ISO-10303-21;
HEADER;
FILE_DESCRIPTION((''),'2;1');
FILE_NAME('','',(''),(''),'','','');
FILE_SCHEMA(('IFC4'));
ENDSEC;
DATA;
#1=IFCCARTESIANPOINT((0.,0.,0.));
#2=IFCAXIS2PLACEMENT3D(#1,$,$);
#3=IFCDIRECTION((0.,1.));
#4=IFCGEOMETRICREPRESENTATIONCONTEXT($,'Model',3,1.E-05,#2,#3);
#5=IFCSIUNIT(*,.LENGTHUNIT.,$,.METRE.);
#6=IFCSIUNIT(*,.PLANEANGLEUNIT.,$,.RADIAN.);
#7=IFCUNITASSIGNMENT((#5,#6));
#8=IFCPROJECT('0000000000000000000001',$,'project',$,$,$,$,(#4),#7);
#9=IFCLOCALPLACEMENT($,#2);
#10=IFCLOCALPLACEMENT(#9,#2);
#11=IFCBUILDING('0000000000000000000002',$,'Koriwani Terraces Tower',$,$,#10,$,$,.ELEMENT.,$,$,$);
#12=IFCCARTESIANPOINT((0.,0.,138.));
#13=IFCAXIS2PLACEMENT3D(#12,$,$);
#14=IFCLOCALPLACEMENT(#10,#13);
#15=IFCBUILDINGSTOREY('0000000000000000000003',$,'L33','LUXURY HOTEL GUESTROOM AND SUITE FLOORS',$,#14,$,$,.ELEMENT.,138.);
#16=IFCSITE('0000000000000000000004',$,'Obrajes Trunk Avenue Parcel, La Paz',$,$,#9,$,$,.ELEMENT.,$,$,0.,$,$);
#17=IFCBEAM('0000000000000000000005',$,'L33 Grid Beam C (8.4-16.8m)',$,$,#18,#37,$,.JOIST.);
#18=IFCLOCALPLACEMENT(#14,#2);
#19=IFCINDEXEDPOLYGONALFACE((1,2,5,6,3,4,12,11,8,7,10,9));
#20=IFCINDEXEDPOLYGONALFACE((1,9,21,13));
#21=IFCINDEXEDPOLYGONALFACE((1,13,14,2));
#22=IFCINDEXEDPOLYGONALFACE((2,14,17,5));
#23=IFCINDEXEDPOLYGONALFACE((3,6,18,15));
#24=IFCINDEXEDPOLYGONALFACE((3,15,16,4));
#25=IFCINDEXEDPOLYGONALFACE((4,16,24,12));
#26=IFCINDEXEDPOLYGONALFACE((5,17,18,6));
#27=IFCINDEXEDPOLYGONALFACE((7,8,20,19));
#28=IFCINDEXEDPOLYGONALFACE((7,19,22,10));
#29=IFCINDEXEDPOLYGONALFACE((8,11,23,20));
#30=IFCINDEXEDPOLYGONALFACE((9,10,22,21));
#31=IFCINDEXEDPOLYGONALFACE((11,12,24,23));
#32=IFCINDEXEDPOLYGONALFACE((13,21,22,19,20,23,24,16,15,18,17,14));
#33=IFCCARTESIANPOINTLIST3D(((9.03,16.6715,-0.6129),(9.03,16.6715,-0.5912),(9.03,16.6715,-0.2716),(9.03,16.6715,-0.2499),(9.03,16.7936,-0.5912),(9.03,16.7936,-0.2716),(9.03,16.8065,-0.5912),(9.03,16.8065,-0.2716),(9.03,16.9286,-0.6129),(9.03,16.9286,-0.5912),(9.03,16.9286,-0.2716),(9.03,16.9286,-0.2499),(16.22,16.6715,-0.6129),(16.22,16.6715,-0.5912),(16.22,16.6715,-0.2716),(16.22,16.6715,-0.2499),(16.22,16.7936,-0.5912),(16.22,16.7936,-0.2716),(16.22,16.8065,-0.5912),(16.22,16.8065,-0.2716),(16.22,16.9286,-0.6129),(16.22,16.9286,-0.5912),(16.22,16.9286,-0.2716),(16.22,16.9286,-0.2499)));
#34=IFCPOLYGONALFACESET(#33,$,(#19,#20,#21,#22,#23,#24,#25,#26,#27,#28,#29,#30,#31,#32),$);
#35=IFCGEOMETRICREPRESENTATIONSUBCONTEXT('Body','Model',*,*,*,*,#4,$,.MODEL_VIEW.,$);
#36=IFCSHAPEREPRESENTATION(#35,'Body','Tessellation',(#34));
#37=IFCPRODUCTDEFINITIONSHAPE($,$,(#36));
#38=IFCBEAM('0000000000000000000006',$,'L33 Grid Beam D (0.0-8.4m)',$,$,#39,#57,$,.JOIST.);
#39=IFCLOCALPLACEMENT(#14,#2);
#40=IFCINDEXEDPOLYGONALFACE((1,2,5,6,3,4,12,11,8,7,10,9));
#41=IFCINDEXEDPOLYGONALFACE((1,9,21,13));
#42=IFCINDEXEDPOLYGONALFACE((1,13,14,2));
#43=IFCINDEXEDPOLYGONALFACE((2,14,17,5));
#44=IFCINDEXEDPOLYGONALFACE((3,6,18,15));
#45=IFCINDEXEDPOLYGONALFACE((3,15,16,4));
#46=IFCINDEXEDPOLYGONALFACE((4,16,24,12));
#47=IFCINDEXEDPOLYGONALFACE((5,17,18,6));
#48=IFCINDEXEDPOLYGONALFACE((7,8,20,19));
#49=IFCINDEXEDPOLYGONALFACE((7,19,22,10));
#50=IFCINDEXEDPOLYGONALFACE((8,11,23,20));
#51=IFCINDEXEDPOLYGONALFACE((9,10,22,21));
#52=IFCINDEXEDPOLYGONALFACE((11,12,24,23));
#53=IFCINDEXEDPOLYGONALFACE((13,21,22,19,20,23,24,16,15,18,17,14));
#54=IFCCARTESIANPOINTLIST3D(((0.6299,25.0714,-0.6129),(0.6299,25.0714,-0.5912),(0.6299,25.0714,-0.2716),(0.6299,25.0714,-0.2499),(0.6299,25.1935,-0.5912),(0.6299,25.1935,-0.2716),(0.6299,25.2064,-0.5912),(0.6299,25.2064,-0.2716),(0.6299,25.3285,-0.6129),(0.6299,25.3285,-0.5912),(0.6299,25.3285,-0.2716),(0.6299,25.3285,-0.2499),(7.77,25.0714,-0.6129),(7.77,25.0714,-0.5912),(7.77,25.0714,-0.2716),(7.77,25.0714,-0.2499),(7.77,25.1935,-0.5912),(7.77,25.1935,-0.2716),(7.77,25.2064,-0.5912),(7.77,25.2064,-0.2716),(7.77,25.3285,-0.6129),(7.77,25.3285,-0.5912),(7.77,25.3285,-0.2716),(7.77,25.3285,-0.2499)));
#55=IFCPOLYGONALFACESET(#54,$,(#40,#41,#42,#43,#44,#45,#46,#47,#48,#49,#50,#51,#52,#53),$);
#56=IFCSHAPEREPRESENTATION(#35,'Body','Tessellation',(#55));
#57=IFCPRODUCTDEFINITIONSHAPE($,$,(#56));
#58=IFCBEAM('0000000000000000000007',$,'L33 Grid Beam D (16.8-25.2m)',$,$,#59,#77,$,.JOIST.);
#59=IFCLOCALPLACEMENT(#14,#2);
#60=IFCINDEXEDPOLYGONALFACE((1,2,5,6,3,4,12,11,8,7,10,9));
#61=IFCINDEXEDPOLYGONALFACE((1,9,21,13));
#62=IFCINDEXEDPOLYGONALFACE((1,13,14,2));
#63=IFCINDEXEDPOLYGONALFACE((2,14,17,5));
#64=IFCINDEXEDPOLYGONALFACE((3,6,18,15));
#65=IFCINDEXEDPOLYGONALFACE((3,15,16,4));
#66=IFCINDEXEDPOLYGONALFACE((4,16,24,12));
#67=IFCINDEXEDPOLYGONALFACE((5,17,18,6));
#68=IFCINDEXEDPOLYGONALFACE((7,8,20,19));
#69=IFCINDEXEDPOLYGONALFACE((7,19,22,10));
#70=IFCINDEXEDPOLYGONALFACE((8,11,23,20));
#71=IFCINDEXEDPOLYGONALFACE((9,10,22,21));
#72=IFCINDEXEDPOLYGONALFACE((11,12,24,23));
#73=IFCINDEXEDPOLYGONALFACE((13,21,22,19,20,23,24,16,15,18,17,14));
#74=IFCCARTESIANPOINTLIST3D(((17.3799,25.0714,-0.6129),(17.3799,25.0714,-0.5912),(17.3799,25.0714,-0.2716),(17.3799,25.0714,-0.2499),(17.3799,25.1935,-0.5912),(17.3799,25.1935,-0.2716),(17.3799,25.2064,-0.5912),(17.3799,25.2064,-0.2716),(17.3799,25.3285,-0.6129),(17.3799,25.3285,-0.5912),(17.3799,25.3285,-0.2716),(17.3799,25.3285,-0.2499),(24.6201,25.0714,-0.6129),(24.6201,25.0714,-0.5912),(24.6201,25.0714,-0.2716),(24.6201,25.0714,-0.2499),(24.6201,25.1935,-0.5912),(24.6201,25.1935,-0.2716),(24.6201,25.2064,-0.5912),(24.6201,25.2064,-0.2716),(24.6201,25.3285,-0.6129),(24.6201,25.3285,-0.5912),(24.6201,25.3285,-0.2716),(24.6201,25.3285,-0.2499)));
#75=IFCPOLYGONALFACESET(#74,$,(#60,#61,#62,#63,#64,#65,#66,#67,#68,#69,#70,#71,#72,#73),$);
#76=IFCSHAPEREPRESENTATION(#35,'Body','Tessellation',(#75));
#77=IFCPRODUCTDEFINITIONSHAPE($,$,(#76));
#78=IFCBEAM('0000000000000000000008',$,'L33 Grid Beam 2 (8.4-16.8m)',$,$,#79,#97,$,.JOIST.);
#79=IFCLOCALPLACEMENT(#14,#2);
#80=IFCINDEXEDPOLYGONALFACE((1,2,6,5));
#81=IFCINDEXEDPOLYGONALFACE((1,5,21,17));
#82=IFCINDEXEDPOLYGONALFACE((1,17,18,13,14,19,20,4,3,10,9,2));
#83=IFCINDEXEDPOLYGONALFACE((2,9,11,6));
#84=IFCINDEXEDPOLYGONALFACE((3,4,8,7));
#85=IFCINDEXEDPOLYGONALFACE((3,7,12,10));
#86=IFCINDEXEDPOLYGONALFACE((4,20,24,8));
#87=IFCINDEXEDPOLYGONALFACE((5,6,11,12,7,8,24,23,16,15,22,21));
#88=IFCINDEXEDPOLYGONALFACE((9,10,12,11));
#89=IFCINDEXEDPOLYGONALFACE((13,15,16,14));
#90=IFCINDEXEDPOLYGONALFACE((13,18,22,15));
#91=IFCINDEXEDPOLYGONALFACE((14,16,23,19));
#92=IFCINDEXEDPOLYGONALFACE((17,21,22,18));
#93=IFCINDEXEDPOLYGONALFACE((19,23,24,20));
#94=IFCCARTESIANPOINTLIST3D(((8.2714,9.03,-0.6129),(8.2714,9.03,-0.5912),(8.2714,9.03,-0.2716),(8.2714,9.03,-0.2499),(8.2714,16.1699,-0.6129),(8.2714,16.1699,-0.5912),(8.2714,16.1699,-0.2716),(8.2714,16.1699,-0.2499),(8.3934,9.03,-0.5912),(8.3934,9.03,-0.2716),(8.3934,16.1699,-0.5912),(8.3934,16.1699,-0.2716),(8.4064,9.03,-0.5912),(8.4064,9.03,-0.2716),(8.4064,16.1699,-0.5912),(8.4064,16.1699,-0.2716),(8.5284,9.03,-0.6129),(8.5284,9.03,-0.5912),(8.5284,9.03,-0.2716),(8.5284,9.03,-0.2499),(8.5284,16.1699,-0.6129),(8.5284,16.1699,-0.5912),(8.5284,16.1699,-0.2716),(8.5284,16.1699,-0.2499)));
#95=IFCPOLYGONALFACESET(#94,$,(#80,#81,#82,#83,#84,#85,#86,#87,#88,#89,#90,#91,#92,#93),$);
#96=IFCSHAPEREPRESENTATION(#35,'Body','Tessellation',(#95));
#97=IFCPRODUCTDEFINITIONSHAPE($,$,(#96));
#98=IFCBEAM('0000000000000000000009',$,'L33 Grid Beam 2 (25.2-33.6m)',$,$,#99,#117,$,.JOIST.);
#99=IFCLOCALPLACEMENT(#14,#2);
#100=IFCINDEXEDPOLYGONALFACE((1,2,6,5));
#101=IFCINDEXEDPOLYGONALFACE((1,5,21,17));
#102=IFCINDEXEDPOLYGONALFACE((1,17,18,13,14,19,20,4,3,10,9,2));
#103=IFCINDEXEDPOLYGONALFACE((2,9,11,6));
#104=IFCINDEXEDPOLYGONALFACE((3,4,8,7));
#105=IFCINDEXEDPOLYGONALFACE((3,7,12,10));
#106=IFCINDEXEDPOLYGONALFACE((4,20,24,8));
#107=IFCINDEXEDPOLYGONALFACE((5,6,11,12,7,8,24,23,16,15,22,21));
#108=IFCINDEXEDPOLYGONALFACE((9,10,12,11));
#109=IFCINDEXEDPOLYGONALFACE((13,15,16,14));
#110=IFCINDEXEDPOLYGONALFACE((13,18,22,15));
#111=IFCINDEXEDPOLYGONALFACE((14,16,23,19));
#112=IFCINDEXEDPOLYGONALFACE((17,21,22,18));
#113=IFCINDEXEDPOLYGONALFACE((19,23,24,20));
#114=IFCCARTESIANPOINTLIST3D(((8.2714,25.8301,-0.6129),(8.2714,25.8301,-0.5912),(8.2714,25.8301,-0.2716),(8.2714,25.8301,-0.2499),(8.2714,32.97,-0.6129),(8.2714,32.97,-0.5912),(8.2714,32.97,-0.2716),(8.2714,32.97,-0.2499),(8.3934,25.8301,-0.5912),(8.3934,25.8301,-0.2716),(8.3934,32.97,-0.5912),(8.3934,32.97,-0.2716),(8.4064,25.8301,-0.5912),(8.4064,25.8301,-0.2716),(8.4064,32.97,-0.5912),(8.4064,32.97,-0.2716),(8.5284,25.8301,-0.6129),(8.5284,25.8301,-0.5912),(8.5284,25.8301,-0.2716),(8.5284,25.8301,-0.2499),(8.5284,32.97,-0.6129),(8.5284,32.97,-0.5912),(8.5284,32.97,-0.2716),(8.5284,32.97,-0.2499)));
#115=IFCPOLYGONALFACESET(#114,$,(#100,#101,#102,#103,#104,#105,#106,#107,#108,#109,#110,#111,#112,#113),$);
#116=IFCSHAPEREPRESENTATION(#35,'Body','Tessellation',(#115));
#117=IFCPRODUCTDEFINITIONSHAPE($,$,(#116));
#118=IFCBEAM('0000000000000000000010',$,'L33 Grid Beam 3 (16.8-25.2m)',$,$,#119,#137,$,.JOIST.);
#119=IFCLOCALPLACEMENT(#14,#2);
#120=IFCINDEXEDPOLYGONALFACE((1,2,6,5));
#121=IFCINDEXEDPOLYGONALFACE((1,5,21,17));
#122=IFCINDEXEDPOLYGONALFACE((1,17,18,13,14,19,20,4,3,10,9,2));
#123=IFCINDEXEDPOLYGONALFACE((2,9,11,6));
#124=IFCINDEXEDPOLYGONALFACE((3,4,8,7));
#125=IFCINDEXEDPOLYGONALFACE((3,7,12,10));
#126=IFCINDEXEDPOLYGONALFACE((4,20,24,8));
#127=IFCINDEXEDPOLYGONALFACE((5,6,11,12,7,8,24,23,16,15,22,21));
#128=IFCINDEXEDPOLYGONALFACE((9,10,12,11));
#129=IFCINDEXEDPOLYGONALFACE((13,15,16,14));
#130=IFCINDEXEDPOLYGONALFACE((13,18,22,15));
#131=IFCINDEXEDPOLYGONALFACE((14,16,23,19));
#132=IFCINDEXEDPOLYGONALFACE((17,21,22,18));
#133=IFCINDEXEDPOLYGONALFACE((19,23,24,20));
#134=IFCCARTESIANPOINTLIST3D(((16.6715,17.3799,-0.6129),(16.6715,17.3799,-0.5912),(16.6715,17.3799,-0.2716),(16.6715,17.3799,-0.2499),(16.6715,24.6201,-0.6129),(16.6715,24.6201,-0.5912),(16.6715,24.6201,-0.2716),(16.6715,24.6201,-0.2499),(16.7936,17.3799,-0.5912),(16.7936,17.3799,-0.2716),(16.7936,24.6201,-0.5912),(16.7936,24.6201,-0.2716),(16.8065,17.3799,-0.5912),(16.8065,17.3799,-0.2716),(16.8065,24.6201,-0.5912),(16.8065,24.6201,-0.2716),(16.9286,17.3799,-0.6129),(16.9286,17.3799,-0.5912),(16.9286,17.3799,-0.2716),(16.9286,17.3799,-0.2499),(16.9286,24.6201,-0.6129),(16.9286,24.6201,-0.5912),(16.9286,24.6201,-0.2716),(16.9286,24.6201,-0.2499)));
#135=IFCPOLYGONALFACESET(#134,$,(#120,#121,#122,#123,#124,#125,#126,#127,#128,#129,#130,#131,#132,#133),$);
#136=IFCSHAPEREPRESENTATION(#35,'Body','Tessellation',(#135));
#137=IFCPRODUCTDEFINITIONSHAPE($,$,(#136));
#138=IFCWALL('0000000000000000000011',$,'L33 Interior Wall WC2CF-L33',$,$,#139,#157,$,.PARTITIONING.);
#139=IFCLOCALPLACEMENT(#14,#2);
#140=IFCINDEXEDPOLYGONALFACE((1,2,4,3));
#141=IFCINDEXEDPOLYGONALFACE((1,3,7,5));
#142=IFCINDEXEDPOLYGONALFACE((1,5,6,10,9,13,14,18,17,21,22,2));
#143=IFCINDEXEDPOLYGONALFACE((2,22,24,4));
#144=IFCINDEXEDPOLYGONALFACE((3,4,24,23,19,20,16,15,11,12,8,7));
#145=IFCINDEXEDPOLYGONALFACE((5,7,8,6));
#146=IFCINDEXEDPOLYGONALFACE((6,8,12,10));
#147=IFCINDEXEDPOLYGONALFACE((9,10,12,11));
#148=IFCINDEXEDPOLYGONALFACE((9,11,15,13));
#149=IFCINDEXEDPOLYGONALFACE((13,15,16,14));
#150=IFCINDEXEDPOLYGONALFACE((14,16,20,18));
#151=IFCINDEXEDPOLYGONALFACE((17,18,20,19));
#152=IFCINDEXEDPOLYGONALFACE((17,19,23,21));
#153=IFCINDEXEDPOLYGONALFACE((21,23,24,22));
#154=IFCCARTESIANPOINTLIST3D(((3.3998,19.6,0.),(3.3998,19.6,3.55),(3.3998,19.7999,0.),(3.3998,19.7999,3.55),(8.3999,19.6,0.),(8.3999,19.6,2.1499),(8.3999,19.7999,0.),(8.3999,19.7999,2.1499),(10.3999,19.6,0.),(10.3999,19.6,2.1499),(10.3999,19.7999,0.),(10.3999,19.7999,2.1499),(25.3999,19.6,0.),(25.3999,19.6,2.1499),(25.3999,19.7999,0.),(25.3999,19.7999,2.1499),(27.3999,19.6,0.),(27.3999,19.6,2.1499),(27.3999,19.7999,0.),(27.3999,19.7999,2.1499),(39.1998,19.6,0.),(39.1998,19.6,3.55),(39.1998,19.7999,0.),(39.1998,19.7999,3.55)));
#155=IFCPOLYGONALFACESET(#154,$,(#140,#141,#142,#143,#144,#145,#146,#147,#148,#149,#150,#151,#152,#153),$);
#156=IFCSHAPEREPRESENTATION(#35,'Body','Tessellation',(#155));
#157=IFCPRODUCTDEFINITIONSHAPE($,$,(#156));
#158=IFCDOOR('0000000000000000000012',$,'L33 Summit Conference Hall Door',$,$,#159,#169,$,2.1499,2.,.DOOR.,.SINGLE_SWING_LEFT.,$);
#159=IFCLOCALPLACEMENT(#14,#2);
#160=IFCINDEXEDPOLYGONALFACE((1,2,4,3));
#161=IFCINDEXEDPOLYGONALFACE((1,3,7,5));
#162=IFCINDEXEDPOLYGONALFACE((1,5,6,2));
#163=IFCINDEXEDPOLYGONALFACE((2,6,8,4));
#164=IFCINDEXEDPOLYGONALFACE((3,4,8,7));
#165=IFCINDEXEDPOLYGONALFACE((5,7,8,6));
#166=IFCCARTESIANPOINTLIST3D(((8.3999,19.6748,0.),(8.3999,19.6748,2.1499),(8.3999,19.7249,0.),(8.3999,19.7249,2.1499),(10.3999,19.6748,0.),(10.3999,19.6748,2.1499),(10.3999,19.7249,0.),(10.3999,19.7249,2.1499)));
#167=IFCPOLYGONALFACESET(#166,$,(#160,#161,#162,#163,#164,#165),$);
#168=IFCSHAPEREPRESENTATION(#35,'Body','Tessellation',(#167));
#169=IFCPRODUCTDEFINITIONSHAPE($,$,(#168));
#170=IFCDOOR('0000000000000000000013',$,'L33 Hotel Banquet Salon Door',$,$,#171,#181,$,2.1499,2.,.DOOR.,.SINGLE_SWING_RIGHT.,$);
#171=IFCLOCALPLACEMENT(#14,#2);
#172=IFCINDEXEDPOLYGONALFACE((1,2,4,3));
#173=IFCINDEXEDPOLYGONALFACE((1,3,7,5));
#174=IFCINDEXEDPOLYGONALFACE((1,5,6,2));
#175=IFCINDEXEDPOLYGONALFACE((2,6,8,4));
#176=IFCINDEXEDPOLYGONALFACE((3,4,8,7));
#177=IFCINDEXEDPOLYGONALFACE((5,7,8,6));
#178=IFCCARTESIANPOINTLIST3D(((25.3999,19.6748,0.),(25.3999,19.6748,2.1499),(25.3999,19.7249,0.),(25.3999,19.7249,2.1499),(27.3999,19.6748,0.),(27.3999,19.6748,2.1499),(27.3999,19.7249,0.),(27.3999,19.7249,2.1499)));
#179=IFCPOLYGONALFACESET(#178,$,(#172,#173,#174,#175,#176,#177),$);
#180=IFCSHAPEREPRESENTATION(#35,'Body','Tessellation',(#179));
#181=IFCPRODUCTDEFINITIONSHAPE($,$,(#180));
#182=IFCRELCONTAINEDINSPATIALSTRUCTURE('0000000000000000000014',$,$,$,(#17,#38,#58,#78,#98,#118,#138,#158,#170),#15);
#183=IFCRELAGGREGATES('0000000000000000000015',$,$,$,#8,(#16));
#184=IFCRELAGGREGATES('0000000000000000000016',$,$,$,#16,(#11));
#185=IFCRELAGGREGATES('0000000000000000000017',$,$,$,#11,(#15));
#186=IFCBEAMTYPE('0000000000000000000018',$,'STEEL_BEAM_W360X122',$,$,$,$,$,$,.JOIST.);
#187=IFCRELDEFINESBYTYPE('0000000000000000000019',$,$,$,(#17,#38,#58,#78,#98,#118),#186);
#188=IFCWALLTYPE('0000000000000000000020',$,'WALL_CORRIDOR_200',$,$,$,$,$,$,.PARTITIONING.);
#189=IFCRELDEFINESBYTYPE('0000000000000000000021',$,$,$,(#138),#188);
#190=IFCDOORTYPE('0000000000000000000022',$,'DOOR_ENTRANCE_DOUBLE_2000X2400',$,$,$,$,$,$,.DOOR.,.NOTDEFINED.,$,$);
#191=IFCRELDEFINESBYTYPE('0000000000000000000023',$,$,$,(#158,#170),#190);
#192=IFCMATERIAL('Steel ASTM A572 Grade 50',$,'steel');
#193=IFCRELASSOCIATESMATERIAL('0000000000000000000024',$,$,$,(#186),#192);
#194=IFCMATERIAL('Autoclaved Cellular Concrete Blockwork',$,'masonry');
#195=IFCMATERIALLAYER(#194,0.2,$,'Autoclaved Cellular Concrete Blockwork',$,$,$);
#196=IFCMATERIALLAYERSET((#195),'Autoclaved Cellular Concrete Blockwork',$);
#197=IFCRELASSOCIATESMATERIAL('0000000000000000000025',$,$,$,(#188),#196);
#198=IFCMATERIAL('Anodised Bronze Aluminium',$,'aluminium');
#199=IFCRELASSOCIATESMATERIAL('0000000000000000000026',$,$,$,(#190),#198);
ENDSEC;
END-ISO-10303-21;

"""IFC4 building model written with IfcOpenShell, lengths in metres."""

from ifc_helpers import new_model, si_unit, direction, frame, frame_2d, origin, origin_2d, place, context, subcontext, project, spatial, rectangle, i_section, extrude, material, layer, layer_set, material_profile, profile_set, type_object, element, fill, save


model = new_model("IFC4")

# Units and contexts
model_context = context("Model", 3, precision=1e-05, world=origin(), true_north=direction((0.0, 1.0)))
body_context = subcontext(model_context, "Body", "Model", "MODEL_VIEW")
ifc_project = project(units=[si_unit("LENGTHUNIT", "METRE"), si_unit("PLANEANGLEUNIT", "RADIAN")], contexts=[model_context])

# Site, building, storey
site_placement = place(None, origin())
site = spatial("IfcSite", under=ifc_project, at=site_placement, Name="Obrajes Trunk Avenue Parcel, La Paz", CompositionType="ELEMENT", RefElevation=0.0)
building_placement = place(site_placement, origin())
building = spatial("IfcBuilding", under=site, at=building_placement, Name="Koriwani Terraces Tower", CompositionType="ELEMENT")
storey_placement = place(building_placement, frame((0.0, 0.0, 138.0)))
storey = spatial("IfcBuildingStorey", under=building, at=storey_placement, Name="L33", Description="LUXURY HOTEL GUESTROOM AND SUITE FLOORS", CompositionType="ELEMENT", Elevation=138.0)

# Beams
ifc_material_1 = material(Name="Steel ASTM A572 Grade 50", Category="steel")
ifc_material_profile_1 = material_profile(ifc_material_1, i_section(OverallWidth=0.2571, OverallDepth=0.363, WebThickness=0.0129, FlangeThickness=0.0217, at=origin_2d()), Name="Steel ASTM A572 Grade 50", Category="LoadBearing")
ifc_profile_set_1 = profile_set([ifc_material_profile_1], Name="Steel ASTM A572 Grade 50")
beam_type_1 = type_object("IfcBeamType", Name="STEEL_BEAM_W360X122", PredefinedType="JOIST", material=ifc_profile_set_1)
beam_1_placement = place(storey_placement, frame((9.03, 16.8, -0.4314), z_axis=(1.0, 0.0, 0.0), x_axis=(0.0, 1.0, 0.0)))
element("IfcBeam", 1, at=beam_1_placement, inside=storey, type_object=beam_type_1, Name="L33 Grid Beam C (8.4-16.8m)", PredefinedType="JOIST", context=body_context, shape_type="SweptSolid", body=[
    extrude(i_section(OverallWidth=0.2571, OverallDepth=0.363, WebThickness=0.0129, FlangeThickness=0.0217, at=origin_2d()), origin(), (0.0, 0.0, 1.0), 7.1899),
])
beam_2_placement = place(storey_placement, frame((0.6299, 25.2, -0.4314), z_axis=(1.0, 0.0, 0.0), x_axis=(0.0, 1.0, 0.0)))
element("IfcBeam", 2, at=beam_2_placement, inside=storey, type_object=beam_type_1, Name="L33 Grid Beam D (0.0-8.4m)", PredefinedType="JOIST", context=body_context, shape_type="SweptSolid", body=[
    extrude(i_section(OverallWidth=0.2571, OverallDepth=0.363, WebThickness=0.0129, FlangeThickness=0.0217, at=origin_2d()), origin(), (0.0, 0.0, 1.0), 7.1401),
])
beam_3_placement = place(storey_placement, frame((17.3799, 25.2, -0.4314), z_axis=(1.0, 0.0, 0.0), x_axis=(0.0, 1.0, 0.0)))
element("IfcBeam", 3, at=beam_3_placement, inside=storey, type_object=beam_type_1, Name="L33 Grid Beam D (16.8-25.2m)", PredefinedType="JOIST", context=body_context, shape_type="SweptSolid", body=[
    extrude(i_section(OverallWidth=0.2571, OverallDepth=0.363, WebThickness=0.0129, FlangeThickness=0.0217, at=origin_2d()), origin(), (0.0, 0.0, 1.0), 7.2402),
])
for number, where, z_axis, x_axis, name in (
    (4, (8.3999, 9.03, -0.4314), (0.0, 1.0, 0.0), (-1.0, 0.0, 0.0), "L33 Grid Beam 2 (8.4-16.8m)"),
    (5, (8.3999, 25.8301, -0.4314), (0.0, 1.0, 0.0), (-1.0, 0.0, 0.0), "L33 Grid Beam 2 (25.2-33.6m)"),
):
    element("IfcBeam", number, at=place(storey_placement, frame(where, z_axis=z_axis, x_axis=x_axis)), inside=storey, type_object=beam_type_1, Name=name, PredefinedType="JOIST", context=body_context, shape_type="SweptSolid", body=[
        extrude(i_section(OverallWidth=0.2571, OverallDepth=0.363, WebThickness=0.0129, FlangeThickness=0.0217, at=origin_2d()), origin(), (0.0, 0.0, 1.0), 7.1399),
    ])
beam_4_placement = place(storey_placement, frame((16.8, 17.3799, -0.4314), z_axis=(0.0, 1.0, 0.0), x_axis=(-1.0, 0.0, 0.0)))
element("IfcBeam", 6, at=beam_4_placement, inside=storey, type_object=beam_type_1, Name="L33 Grid Beam 3 (16.8-25.2m)", PredefinedType="JOIST", context=body_context, shape_type="SweptSolid", body=[
    extrude(i_section(OverallWidth=0.2571, OverallDepth=0.363, WebThickness=0.0129, FlangeThickness=0.0217, at=origin_2d()), origin(), (0.0, 0.0, 1.0), 7.2402),
])

# Wall, openings, doors
ifc_material_2 = material(Name="Autoclaved Cellular Concrete Blockwork", Category="masonry")
ifc_layer_1 = layer(ifc_material_2, 0.2, Name="Autoclaved Cellular Concrete Blockwork")
ifc_layer_set_1 = layer_set([ifc_layer_1], Name="Autoclaved Cellular Concrete Blockwork")
wall_type_1 = type_object("IfcWallType", Name="WALL_CORRIDOR_200", PredefinedType="PARTITIONING", material=ifc_layer_set_1)
wall_1_placement = place(storey_placement, frame((3.3999, 19.7, 0.0), z_axis=(0.0, 0.0, 1.0), x_axis=(1.0, 0.0, 0.0)))
wall_1 = element("IfcWall", 7, at=wall_1_placement, inside=storey, type_object=wall_type_1, Name="L33 Interior Wall WC2CF-L33", PredefinedType="PARTITIONING", context=body_context, shape_type="SweptSolid", body=[
    extrude(rectangle(XDim=35.8, YDim=0.2, at=frame_2d((17.8999, 0.0))), origin(), (0.0, 0.0, 1.0), 3.55),
])
opening_1_placement = place(wall_1_placement, frame((5.0, 0.0, 0.0)))
opening_1 = element("IfcOpeningElement", 8, at=opening_1_placement, cuts=wall_1, PredefinedType="OPENING", context=body_context, shape_type="SweptSolid", body=[
    extrude(rectangle(XDim=2.0, YDim=2.1499, at=frame_2d((1.0, 1.075))), frame((0.0, 0.1099, 0.0), z_axis=(0.0, -1.0, 0.0), x_axis=(1.0, 0.0, 0.0)), (0.0, 0.0, 1.0), 0.22),
])
opening_2_placement = place(wall_1_placement, frame((22.0, 0.0, 0.0)))
opening_2 = element("IfcOpeningElement", 9, at=opening_2_placement, cuts=wall_1, PredefinedType="OPENING", context=body_context, shape_type="SweptSolid", body=[
    extrude(rectangle(XDim=2.0, YDim=2.1499, at=frame_2d((1.0, 1.075))), frame((0.0, 0.1099, 0.0), z_axis=(0.0, -1.0, 0.0), x_axis=(1.0, 0.0, 0.0)), (0.0, 0.0, 1.0), 0.22),
])
ifc_material_3 = material(Name="Anodised Bronze Aluminium", Category="aluminium")
door_type = type_object("IfcDoorType", Name="DOOR_ENTRANCE_DOUBLE_2000X2400", OperationType="NOTDEFINED", PredefinedType="DOOR", material=ifc_material_3)
door_1_placement = place(opening_1_placement, origin())
door_1 = element("IfcDoor", 10, at=door_1_placement, inside=storey, type_object=door_type, Name="L33 Summit Conference Hall Door", OperationType="SINGLE_SWING_LEFT", OverallHeight=2.1499, OverallWidth=2.0, PredefinedType="DOOR", context=body_context, shape_type="SweptSolid", body=[
    extrude(rectangle(XDim=2.0, YDim=2.1499, at=frame_2d((1.0, 1.075))), frame((0.0, 0.0249, 0.0), z_axis=(0.0, -1.0, 0.0), x_axis=(1.0, 0.0, 0.0)), (0.0, 0.0, 1.0), 0.05),
])
fill(opening_1, door_1)
door_2_placement = place(opening_2_placement, origin())
door_2 = element("IfcDoor", 11, at=door_2_placement, inside=storey, type_object=door_type, Name="L33 Hotel Banquet Salon Door", OperationType="SINGLE_SWING_RIGHT", OverallHeight=2.1499, OverallWidth=2.0, PredefinedType="DOOR", context=body_context, shape_type="SweptSolid", body=[
    extrude(rectangle(XDim=2.0, YDim=2.1499, at=frame_2d((1.0, 1.075))), frame((0.0, 0.0249, 0.0), z_axis=(0.0, -1.0, 0.0), x_axis=(1.0, 0.0, 0.0)), (0.0, 0.0, 1.0), 0.05),
])
fill(opening_2, door_2)

save(model, "model.ifc")
